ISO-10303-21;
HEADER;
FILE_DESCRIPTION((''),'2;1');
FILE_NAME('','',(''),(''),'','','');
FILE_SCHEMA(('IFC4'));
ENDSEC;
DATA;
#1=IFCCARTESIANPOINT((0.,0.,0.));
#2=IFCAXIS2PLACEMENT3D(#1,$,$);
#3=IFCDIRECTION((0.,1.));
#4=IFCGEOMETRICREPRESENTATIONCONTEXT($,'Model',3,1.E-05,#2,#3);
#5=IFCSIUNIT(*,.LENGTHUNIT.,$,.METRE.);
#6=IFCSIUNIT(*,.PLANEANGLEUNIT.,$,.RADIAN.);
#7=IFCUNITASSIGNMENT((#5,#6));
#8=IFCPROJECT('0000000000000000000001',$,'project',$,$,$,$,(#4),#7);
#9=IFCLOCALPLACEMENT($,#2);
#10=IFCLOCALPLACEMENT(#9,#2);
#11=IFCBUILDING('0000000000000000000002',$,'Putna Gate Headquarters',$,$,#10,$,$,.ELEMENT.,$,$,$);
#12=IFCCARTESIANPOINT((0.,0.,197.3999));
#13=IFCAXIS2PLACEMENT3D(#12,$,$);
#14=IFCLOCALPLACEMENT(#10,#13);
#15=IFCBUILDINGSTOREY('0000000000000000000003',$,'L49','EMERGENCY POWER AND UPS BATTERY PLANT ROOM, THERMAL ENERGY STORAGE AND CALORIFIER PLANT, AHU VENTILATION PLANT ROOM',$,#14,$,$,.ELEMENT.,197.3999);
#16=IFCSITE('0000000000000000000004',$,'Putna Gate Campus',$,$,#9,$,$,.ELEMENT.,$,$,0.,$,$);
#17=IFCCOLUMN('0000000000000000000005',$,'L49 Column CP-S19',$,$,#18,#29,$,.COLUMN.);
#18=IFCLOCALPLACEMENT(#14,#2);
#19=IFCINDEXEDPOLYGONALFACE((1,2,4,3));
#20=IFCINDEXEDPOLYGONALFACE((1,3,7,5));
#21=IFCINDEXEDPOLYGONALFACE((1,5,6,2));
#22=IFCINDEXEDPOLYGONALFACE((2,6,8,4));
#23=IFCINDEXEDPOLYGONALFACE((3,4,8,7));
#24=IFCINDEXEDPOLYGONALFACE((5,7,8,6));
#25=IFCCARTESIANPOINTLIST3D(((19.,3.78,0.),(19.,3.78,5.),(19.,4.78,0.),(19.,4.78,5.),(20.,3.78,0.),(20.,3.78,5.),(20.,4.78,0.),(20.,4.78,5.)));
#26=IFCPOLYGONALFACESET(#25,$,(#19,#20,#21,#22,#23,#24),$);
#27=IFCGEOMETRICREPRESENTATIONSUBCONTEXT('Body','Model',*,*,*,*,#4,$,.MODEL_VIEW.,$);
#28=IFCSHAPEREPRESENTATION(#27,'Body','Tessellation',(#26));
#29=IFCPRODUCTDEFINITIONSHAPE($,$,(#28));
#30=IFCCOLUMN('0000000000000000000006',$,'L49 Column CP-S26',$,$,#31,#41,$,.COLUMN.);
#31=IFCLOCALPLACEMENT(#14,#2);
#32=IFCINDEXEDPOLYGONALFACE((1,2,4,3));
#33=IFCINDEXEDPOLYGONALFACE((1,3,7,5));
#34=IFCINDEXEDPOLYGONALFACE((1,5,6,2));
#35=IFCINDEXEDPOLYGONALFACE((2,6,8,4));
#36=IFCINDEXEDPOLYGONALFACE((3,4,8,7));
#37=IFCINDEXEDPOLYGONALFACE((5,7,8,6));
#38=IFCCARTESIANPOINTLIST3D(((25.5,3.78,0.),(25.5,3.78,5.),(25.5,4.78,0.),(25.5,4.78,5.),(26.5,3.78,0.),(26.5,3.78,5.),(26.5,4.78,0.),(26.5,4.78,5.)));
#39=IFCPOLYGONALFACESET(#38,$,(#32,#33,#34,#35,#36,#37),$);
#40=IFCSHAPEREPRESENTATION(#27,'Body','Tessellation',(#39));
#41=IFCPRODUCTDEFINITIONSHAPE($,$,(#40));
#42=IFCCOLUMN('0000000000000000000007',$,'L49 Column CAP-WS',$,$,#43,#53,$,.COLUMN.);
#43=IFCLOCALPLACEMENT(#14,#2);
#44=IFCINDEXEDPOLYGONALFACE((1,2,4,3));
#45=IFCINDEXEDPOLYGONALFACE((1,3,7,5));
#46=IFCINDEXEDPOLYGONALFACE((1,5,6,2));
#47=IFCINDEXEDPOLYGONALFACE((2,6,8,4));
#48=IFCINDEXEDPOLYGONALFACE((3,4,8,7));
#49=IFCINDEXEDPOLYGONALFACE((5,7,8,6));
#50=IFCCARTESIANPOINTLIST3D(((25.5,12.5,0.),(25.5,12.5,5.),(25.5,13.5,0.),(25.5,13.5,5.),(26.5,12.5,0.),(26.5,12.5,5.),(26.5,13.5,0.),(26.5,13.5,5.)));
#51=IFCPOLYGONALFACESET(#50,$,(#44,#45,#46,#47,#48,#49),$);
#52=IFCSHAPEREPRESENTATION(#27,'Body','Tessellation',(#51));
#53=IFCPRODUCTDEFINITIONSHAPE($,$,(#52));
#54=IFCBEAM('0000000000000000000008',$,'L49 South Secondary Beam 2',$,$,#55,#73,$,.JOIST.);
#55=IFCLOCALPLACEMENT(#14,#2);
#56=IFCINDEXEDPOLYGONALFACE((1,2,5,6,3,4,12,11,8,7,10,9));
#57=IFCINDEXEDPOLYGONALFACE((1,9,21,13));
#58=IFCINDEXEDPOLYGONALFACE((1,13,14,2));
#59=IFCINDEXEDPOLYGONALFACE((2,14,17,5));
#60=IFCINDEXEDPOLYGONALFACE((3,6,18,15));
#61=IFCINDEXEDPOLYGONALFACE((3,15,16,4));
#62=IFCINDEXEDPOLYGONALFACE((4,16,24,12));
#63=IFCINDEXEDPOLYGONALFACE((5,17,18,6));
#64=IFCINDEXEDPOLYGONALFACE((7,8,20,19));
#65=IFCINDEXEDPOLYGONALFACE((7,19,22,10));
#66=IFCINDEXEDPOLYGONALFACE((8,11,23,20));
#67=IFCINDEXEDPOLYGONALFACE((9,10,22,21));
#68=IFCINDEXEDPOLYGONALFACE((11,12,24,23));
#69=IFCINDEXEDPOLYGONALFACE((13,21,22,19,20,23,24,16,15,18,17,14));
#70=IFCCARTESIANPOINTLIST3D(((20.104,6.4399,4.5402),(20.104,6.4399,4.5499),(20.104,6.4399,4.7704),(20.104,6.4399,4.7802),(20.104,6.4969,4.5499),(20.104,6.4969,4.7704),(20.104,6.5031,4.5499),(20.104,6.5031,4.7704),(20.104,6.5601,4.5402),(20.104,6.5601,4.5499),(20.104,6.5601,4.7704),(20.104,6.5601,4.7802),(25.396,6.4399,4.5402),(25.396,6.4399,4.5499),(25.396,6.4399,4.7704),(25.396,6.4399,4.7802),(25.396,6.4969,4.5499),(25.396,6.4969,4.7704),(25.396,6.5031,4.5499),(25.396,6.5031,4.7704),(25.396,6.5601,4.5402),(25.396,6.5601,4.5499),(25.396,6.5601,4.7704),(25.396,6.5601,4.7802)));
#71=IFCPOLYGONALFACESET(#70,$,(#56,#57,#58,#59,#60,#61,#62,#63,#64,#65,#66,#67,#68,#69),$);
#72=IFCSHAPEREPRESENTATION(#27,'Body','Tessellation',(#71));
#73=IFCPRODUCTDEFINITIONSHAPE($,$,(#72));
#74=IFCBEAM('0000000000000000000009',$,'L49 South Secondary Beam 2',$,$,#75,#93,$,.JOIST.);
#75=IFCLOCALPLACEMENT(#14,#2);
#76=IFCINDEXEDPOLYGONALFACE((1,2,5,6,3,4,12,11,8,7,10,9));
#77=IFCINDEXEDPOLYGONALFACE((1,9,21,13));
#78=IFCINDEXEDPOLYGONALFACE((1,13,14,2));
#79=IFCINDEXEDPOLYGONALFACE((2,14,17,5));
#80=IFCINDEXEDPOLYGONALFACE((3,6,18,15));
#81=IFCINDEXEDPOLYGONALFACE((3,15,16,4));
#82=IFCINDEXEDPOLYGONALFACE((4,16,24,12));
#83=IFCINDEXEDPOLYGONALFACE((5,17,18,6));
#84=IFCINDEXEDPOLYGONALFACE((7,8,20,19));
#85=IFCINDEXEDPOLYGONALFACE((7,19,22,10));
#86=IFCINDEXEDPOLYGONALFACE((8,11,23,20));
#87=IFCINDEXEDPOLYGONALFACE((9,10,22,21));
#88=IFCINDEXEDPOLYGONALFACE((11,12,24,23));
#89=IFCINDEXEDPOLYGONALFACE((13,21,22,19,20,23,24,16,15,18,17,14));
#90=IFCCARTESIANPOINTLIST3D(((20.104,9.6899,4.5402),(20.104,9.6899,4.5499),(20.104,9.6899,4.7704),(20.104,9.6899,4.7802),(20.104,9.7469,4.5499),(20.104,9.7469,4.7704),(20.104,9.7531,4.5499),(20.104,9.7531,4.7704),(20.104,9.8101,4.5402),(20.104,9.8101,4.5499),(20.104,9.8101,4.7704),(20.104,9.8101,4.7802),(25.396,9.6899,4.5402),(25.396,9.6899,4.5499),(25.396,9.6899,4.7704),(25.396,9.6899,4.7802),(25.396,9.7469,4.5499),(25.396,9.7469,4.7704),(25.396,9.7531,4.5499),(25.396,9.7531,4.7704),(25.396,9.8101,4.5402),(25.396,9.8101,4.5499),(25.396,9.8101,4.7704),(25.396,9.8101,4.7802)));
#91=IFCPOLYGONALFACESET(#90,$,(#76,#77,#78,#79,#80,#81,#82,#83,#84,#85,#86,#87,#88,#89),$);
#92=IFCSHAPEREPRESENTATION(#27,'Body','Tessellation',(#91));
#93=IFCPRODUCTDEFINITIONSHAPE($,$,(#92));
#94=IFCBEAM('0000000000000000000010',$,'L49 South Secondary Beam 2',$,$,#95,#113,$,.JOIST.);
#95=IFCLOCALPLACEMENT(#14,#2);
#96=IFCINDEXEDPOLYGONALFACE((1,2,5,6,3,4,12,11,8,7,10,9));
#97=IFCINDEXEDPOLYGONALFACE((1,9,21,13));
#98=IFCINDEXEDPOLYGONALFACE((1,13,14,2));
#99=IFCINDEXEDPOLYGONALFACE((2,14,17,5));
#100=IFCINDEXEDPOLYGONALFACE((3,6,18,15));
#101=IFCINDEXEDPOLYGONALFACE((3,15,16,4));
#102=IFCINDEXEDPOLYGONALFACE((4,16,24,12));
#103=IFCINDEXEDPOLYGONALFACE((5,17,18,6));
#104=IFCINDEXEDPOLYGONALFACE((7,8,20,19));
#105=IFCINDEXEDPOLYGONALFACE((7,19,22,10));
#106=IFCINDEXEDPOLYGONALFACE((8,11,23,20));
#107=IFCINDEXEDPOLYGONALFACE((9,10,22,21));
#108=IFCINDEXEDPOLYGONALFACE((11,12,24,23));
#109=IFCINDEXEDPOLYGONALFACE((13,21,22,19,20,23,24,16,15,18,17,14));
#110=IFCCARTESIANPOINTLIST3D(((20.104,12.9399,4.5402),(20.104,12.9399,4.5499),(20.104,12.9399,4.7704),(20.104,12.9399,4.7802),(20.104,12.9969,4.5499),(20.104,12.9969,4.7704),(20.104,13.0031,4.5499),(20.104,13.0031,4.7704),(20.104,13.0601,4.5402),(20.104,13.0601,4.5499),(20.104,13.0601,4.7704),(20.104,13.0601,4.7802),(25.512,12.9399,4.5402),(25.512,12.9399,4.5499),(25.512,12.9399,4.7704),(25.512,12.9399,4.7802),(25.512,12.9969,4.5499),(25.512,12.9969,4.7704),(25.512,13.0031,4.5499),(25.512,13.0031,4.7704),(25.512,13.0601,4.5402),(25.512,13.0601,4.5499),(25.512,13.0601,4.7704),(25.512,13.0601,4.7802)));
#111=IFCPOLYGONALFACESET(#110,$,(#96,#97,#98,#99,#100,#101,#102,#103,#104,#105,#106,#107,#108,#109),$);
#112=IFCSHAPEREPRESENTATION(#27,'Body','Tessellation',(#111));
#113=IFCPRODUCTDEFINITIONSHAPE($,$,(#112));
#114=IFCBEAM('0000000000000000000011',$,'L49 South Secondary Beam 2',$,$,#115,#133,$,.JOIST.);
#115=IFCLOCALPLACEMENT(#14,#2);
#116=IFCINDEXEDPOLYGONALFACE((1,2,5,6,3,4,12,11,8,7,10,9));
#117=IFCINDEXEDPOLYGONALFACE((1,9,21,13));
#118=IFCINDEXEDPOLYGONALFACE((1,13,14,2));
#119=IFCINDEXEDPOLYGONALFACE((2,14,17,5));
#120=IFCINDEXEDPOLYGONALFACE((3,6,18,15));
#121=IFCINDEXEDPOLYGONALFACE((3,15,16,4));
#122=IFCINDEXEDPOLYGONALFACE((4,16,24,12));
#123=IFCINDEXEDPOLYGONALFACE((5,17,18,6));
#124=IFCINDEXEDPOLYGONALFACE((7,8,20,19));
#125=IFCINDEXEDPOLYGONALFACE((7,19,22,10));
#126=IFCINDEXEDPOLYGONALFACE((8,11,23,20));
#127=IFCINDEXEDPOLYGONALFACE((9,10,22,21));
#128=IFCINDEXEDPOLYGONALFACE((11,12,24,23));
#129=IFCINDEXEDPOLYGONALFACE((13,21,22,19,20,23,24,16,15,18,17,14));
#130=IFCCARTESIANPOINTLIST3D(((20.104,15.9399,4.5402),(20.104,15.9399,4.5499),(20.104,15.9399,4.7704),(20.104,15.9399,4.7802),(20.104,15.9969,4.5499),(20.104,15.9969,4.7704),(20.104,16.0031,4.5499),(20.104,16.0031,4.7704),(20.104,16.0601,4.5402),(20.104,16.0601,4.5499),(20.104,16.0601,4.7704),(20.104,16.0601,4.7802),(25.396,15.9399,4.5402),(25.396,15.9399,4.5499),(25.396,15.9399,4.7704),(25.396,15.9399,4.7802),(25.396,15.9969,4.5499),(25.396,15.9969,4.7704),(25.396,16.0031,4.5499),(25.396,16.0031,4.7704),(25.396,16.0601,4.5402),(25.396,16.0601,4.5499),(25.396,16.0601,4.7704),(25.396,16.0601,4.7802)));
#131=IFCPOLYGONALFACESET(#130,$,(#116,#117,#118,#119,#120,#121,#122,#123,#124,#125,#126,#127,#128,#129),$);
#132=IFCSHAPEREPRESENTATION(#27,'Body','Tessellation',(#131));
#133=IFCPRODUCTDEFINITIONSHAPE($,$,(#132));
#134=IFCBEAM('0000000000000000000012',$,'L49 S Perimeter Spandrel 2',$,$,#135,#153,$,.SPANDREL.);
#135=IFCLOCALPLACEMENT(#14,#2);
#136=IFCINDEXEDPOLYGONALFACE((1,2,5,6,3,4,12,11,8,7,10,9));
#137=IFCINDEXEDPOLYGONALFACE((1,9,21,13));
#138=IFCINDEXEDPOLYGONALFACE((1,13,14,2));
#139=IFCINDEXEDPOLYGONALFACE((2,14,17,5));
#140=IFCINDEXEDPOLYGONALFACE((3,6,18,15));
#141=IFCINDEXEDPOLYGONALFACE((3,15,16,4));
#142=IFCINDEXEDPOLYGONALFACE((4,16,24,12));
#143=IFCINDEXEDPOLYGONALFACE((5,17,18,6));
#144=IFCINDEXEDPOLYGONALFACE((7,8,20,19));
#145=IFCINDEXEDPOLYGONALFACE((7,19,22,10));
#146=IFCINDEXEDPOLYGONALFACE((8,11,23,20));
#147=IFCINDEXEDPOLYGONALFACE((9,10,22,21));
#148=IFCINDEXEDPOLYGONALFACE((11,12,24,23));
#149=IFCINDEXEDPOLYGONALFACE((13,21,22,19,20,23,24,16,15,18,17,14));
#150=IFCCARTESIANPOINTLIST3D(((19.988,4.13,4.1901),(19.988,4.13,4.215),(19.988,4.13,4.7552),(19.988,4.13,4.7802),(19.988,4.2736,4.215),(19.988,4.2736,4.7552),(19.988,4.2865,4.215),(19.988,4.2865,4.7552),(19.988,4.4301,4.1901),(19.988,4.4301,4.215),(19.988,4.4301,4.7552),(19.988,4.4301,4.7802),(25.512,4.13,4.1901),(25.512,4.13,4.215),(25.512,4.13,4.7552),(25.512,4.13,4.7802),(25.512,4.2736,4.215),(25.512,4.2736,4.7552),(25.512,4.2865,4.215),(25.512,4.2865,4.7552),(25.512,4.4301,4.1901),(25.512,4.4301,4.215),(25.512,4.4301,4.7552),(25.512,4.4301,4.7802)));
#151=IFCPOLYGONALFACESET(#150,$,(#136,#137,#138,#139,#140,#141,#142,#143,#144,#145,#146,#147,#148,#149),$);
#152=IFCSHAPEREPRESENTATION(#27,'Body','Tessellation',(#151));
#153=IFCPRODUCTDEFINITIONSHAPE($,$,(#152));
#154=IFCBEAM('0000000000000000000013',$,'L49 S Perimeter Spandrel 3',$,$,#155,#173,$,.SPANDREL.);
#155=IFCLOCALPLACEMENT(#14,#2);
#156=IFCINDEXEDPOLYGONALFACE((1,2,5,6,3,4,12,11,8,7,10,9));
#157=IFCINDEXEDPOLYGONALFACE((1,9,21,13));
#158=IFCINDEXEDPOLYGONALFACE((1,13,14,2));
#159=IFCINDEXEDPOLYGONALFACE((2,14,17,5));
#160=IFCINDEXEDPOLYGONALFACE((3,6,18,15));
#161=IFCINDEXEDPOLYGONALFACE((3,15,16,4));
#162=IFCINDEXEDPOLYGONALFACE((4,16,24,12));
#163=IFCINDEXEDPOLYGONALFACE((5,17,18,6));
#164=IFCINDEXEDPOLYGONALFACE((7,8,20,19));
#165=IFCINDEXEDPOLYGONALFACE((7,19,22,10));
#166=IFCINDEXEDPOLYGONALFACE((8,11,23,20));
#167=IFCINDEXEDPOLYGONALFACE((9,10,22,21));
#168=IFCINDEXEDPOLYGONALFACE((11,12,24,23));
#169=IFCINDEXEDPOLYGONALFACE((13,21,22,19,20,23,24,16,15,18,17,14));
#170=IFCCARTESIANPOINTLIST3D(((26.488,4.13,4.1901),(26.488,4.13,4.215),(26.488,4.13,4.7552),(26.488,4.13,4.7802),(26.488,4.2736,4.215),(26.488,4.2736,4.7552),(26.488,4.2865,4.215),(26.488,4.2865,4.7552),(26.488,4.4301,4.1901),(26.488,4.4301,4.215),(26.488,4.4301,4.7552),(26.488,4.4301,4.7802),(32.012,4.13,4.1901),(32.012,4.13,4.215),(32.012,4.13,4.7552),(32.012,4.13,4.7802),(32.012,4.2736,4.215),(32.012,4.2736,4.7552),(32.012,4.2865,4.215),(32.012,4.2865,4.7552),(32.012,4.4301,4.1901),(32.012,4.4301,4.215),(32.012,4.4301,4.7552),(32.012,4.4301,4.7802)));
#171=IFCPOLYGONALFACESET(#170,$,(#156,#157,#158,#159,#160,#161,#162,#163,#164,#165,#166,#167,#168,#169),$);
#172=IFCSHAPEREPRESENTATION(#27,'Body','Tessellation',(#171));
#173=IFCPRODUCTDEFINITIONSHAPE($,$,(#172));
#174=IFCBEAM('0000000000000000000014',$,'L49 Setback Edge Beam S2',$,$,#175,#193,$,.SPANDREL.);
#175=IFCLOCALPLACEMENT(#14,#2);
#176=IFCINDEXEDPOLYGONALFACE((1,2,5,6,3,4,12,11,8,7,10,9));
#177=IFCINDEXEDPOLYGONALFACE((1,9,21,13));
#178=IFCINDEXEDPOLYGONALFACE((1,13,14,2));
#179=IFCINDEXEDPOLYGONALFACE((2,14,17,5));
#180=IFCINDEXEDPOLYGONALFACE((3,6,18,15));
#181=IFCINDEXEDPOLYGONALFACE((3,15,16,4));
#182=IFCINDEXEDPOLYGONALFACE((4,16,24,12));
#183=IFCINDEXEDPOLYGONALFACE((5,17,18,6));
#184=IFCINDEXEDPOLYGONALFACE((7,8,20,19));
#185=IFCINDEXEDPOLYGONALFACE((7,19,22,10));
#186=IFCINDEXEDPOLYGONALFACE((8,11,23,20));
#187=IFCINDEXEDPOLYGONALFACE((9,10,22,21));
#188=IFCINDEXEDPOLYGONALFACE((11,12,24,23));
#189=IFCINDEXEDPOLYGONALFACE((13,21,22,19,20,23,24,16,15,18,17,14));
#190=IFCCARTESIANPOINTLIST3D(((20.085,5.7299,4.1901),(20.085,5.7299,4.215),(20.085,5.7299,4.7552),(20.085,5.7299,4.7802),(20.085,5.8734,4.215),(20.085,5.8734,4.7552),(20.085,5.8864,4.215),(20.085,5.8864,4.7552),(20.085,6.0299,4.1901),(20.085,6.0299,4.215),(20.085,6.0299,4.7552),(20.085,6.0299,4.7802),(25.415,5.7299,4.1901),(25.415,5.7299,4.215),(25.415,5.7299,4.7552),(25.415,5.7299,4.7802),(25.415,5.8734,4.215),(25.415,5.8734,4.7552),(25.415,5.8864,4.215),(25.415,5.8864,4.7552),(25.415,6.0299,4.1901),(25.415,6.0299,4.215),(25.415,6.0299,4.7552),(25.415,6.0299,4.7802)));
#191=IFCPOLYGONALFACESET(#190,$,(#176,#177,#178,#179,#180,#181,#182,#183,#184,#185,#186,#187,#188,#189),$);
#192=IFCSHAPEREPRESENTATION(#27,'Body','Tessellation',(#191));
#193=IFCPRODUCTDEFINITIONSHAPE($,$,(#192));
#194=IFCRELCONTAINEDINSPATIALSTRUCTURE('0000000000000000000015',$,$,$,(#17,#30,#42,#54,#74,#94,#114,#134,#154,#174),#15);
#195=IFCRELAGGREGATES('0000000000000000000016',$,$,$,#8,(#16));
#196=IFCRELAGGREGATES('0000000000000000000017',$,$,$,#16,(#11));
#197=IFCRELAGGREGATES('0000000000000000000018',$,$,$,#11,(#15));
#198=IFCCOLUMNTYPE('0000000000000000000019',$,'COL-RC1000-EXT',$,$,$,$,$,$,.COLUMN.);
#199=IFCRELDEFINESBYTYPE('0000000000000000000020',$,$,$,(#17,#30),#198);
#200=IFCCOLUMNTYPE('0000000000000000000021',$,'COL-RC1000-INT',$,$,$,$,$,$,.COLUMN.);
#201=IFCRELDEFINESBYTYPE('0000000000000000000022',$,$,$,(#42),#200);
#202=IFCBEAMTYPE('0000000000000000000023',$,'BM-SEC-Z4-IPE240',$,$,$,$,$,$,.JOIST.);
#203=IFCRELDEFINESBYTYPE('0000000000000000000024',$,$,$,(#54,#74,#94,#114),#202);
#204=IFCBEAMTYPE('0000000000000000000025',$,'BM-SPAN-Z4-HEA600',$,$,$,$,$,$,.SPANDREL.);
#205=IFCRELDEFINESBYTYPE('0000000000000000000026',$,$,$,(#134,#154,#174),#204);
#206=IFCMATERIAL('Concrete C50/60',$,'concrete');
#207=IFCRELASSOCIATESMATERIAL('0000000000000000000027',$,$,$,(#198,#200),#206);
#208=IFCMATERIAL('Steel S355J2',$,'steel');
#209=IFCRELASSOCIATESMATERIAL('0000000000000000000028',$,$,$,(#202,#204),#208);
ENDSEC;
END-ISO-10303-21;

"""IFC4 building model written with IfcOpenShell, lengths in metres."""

from ifc_helpers import new_model, si_unit, direction, frame, origin, origin_2d, place, context, subcontext, project, spatial, rectangle, i_section, extrude, material, material_profile, profile_set, type_object, element, save


model = new_model("IFC4")

# Units and contexts
model_context = context("Model", 3, precision=1e-05, world=origin(), true_north=direction((0.0, 1.0)))
body_context = subcontext(model_context, "Body", "Model", "MODEL_VIEW")
ifc_project = project(units=[si_unit("LENGTHUNIT", "METRE"), si_unit("PLANEANGLEUNIT", "RADIAN")], contexts=[model_context])

# Site, building, storey
site_placement = place(None, origin())
site = spatial("IfcSite", under=ifc_project, at=site_placement, Name="Putna Gate Campus", CompositionType="ELEMENT", RefElevation=0.0)
building_placement = place(site_placement, origin())
building = spatial("IfcBuilding", under=site, at=building_placement, Name="Putna Gate Headquarters", CompositionType="ELEMENT")
storey_placement = place(building_placement, frame((0.0, 0.0, 197.3999)))
storey = spatial("IfcBuildingStorey", under=building, at=storey_placement, Name="L49", Description="EMERGENCY POWER AND UPS BATTERY PLANT ROOM, THERMAL ENERGY STORAGE AND CALORIFIER PLANT, AHU VENTILATION PLANT ROOM", CompositionType="ELEMENT", Elevation=197.3999)

# Columns
ifc_material_1 = material(Name="Concrete C50/60", Category="concrete")
ifc_material_profile_1 = material_profile(ifc_material_1, rectangle(XDim=1.0, YDim=1.0, at=origin_2d()), Name="Concrete C50/60")
ifc_profile_set_1 = profile_set([ifc_material_profile_1], Name="Concrete C50/60")
column_type_1 = type_object("IfcColumnType", Name="COL-RC1000-EXT", PredefinedType="COLUMN", material=ifc_profile_set_1)
for number, where, z_axis, x_axis, name in (
    (1, (19.5, 4.28, 0.0), (0.0, 0.0, 1.0), (1.0, 0.0, 0.0), "L49 Column CP-S19"),
    (2, (26.0, 4.28, 0.0), (0.0, 0.0, 1.0), (1.0, 0.0, 0.0), "L49 Column CP-S26"),
):
    element("IfcColumn", number, at=place(storey_placement, frame(where, z_axis=z_axis, x_axis=x_axis)), inside=storey, type_object=column_type_1, Name=name, PredefinedType="COLUMN", context=body_context, shape_type="SweptSolid", body=[
        extrude(rectangle(XDim=1.0, YDim=1.0, at=origin_2d()), origin(), (0.0, 0.0, 1.0), 5.0),
    ])
ifc_material_profile_2 = material_profile(ifc_material_1, rectangle(XDim=1.0, YDim=1.0, at=origin_2d()), Name="Concrete C50/60")
ifc_profile_set_2 = profile_set([ifc_material_profile_2], Name="Concrete C50/60")
column_type_2 = type_object("IfcColumnType", Name="COL-RC1000-INT", PredefinedType="COLUMN", material=ifc_profile_set_2)
column_placement = place(storey_placement, frame((26.0, 13.0, 0.0), z_axis=(0.0, 0.0, 1.0), x_axis=(1.0, 0.0, 0.0)))
element("IfcColumn", 3, at=column_placement, inside=storey, type_object=column_type_2, Name="L49 Column CAP-WS", PredefinedType="COLUMN", context=body_context, shape_type="SweptSolid", body=[
    extrude(rectangle(XDim=1.0, YDim=1.0, at=origin_2d()), origin(), (0.0, 0.0, 1.0), 5.0),
])

# Beams
ifc_material_2 = material(Name="Steel S355J2", Category="steel")
ifc_material_profile_3 = material_profile(ifc_material_2, i_section(OverallWidth=0.1201, OverallDepth=0.24, WebThickness=0.0061, FlangeThickness=0.0098, at=origin_2d()), Name="Steel S355J2")
ifc_profile_set_3 = profile_set([ifc_material_profile_3], Name="Steel S355J2")
beam_type_1 = type_object("IfcBeamType", Name="BM-SEC-Z4-IPE240", PredefinedType="JOIST", material=ifc_profile_set_3)
for number, where, z_axis, x_axis, name in (
    (4, (20.104, 6.5, 4.6602), (1.0, 0.0, 0.0), (0.0, 1.0, 0.0), "L49 South Secondary Beam 2"),
    (5, (20.104, 9.75, 4.6602), (1.0, 0.0, 0.0), (0.0, 1.0, 0.0), "L49 South Secondary Beam 2"),
):
    element("IfcBeam", number, at=place(storey_placement, frame(where, z_axis=z_axis, x_axis=x_axis)), inside=storey, type_object=beam_type_1, Name=name, PredefinedType="JOIST", context=body_context, shape_type="SweptSolid", body=[
        extrude(i_section(OverallWidth=0.1201, OverallDepth=0.24, WebThickness=0.0061, FlangeThickness=0.0098, at=origin_2d()), origin(), (0.0, 0.0, 1.0), 5.292),
    ])
beam_1_placement = place(storey_placement, frame((20.104, 13.0, 4.6602), z_axis=(1.0, 0.0, 0.0), x_axis=(0.0, 1.0, 0.0)))
element("IfcBeam", 6, at=beam_1_placement, inside=storey, type_object=beam_type_1, Name="L49 South Secondary Beam 2", PredefinedType="JOIST", context=body_context, shape_type="SweptSolid", body=[
    extrude(i_section(OverallWidth=0.1201, OverallDepth=0.24, WebThickness=0.0061, FlangeThickness=0.0098, at=origin_2d()), origin(), (0.0, 0.0, 1.0), 5.408),
])
beam_2_placement = place(storey_placement, frame((20.104, 16.0, 4.6602), z_axis=(1.0, 0.0, 0.0), x_axis=(0.0, 1.0, 0.0)))
element("IfcBeam", 7, at=beam_2_placement, inside=storey, type_object=beam_type_1, Name="L49 South Secondary Beam 2", PredefinedType="JOIST", context=body_context, shape_type="SweptSolid", body=[
    extrude(i_section(OverallWidth=0.1201, OverallDepth=0.24, WebThickness=0.0061, FlangeThickness=0.0098, at=origin_2d()), origin(), (0.0, 0.0, 1.0), 5.292),
])
ifc_material_profile_4 = material_profile(ifc_material_2, i_section(OverallWidth=0.3, OverallDepth=0.5901, WebThickness=0.0129, FlangeThickness=0.0249, at=origin_2d()), Name="Steel S355J2")
ifc_profile_set_4 = profile_set([ifc_material_profile_4], Name="Steel S355J2")
beam_type_2 = type_object("IfcBeamType", Name="BM-SPAN-Z4-HEA600", PredefinedType="SPANDREL", material=ifc_profile_set_4)
for number, where, z_axis, x_axis, name in (
    (8, (19.988, 4.28, 4.4851), (1.0, 0.0, 0.0), (0.0, 1.0, 0.0), "L49 S Perimeter Spandrel 2"),
    (9, (26.488, 4.28, 4.4851), (1.0, 0.0, 0.0), (0.0, 1.0, 0.0), "L49 S Perimeter Spandrel 3"),
):
    element("IfcBeam", number, at=place(storey_placement, frame(where, z_axis=z_axis, x_axis=x_axis)), inside=storey, type_object=beam_type_2, Name=name, PredefinedType="SPANDREL", context=body_context, shape_type="SweptSolid", body=[
        extrude(i_section(OverallWidth=0.3, OverallDepth=0.5901, WebThickness=0.0129, FlangeThickness=0.0249, at=origin_2d()), origin(), (0.0, 0.0, 1.0), 5.5239),
    ])
beam_3_placement = place(storey_placement, frame((20.085, 5.8799, 4.4851), z_axis=(1.0, 0.0, 0.0), x_axis=(0.0, 1.0, 0.0)))
element("IfcBeam", 10, at=beam_3_placement, inside=storey, type_object=beam_type_2, Name="L49 Setback Edge Beam S2", PredefinedType="SPANDREL", context=body_context, shape_type="SweptSolid", body=[
    extrude(i_section(OverallWidth=0.3, OverallDepth=0.5901, WebThickness=0.0129, FlangeThickness=0.0249, at=origin_2d()), origin(), (0.0, 0.0, 1.0), 5.3301),
])

save(model, "model.ifc")
